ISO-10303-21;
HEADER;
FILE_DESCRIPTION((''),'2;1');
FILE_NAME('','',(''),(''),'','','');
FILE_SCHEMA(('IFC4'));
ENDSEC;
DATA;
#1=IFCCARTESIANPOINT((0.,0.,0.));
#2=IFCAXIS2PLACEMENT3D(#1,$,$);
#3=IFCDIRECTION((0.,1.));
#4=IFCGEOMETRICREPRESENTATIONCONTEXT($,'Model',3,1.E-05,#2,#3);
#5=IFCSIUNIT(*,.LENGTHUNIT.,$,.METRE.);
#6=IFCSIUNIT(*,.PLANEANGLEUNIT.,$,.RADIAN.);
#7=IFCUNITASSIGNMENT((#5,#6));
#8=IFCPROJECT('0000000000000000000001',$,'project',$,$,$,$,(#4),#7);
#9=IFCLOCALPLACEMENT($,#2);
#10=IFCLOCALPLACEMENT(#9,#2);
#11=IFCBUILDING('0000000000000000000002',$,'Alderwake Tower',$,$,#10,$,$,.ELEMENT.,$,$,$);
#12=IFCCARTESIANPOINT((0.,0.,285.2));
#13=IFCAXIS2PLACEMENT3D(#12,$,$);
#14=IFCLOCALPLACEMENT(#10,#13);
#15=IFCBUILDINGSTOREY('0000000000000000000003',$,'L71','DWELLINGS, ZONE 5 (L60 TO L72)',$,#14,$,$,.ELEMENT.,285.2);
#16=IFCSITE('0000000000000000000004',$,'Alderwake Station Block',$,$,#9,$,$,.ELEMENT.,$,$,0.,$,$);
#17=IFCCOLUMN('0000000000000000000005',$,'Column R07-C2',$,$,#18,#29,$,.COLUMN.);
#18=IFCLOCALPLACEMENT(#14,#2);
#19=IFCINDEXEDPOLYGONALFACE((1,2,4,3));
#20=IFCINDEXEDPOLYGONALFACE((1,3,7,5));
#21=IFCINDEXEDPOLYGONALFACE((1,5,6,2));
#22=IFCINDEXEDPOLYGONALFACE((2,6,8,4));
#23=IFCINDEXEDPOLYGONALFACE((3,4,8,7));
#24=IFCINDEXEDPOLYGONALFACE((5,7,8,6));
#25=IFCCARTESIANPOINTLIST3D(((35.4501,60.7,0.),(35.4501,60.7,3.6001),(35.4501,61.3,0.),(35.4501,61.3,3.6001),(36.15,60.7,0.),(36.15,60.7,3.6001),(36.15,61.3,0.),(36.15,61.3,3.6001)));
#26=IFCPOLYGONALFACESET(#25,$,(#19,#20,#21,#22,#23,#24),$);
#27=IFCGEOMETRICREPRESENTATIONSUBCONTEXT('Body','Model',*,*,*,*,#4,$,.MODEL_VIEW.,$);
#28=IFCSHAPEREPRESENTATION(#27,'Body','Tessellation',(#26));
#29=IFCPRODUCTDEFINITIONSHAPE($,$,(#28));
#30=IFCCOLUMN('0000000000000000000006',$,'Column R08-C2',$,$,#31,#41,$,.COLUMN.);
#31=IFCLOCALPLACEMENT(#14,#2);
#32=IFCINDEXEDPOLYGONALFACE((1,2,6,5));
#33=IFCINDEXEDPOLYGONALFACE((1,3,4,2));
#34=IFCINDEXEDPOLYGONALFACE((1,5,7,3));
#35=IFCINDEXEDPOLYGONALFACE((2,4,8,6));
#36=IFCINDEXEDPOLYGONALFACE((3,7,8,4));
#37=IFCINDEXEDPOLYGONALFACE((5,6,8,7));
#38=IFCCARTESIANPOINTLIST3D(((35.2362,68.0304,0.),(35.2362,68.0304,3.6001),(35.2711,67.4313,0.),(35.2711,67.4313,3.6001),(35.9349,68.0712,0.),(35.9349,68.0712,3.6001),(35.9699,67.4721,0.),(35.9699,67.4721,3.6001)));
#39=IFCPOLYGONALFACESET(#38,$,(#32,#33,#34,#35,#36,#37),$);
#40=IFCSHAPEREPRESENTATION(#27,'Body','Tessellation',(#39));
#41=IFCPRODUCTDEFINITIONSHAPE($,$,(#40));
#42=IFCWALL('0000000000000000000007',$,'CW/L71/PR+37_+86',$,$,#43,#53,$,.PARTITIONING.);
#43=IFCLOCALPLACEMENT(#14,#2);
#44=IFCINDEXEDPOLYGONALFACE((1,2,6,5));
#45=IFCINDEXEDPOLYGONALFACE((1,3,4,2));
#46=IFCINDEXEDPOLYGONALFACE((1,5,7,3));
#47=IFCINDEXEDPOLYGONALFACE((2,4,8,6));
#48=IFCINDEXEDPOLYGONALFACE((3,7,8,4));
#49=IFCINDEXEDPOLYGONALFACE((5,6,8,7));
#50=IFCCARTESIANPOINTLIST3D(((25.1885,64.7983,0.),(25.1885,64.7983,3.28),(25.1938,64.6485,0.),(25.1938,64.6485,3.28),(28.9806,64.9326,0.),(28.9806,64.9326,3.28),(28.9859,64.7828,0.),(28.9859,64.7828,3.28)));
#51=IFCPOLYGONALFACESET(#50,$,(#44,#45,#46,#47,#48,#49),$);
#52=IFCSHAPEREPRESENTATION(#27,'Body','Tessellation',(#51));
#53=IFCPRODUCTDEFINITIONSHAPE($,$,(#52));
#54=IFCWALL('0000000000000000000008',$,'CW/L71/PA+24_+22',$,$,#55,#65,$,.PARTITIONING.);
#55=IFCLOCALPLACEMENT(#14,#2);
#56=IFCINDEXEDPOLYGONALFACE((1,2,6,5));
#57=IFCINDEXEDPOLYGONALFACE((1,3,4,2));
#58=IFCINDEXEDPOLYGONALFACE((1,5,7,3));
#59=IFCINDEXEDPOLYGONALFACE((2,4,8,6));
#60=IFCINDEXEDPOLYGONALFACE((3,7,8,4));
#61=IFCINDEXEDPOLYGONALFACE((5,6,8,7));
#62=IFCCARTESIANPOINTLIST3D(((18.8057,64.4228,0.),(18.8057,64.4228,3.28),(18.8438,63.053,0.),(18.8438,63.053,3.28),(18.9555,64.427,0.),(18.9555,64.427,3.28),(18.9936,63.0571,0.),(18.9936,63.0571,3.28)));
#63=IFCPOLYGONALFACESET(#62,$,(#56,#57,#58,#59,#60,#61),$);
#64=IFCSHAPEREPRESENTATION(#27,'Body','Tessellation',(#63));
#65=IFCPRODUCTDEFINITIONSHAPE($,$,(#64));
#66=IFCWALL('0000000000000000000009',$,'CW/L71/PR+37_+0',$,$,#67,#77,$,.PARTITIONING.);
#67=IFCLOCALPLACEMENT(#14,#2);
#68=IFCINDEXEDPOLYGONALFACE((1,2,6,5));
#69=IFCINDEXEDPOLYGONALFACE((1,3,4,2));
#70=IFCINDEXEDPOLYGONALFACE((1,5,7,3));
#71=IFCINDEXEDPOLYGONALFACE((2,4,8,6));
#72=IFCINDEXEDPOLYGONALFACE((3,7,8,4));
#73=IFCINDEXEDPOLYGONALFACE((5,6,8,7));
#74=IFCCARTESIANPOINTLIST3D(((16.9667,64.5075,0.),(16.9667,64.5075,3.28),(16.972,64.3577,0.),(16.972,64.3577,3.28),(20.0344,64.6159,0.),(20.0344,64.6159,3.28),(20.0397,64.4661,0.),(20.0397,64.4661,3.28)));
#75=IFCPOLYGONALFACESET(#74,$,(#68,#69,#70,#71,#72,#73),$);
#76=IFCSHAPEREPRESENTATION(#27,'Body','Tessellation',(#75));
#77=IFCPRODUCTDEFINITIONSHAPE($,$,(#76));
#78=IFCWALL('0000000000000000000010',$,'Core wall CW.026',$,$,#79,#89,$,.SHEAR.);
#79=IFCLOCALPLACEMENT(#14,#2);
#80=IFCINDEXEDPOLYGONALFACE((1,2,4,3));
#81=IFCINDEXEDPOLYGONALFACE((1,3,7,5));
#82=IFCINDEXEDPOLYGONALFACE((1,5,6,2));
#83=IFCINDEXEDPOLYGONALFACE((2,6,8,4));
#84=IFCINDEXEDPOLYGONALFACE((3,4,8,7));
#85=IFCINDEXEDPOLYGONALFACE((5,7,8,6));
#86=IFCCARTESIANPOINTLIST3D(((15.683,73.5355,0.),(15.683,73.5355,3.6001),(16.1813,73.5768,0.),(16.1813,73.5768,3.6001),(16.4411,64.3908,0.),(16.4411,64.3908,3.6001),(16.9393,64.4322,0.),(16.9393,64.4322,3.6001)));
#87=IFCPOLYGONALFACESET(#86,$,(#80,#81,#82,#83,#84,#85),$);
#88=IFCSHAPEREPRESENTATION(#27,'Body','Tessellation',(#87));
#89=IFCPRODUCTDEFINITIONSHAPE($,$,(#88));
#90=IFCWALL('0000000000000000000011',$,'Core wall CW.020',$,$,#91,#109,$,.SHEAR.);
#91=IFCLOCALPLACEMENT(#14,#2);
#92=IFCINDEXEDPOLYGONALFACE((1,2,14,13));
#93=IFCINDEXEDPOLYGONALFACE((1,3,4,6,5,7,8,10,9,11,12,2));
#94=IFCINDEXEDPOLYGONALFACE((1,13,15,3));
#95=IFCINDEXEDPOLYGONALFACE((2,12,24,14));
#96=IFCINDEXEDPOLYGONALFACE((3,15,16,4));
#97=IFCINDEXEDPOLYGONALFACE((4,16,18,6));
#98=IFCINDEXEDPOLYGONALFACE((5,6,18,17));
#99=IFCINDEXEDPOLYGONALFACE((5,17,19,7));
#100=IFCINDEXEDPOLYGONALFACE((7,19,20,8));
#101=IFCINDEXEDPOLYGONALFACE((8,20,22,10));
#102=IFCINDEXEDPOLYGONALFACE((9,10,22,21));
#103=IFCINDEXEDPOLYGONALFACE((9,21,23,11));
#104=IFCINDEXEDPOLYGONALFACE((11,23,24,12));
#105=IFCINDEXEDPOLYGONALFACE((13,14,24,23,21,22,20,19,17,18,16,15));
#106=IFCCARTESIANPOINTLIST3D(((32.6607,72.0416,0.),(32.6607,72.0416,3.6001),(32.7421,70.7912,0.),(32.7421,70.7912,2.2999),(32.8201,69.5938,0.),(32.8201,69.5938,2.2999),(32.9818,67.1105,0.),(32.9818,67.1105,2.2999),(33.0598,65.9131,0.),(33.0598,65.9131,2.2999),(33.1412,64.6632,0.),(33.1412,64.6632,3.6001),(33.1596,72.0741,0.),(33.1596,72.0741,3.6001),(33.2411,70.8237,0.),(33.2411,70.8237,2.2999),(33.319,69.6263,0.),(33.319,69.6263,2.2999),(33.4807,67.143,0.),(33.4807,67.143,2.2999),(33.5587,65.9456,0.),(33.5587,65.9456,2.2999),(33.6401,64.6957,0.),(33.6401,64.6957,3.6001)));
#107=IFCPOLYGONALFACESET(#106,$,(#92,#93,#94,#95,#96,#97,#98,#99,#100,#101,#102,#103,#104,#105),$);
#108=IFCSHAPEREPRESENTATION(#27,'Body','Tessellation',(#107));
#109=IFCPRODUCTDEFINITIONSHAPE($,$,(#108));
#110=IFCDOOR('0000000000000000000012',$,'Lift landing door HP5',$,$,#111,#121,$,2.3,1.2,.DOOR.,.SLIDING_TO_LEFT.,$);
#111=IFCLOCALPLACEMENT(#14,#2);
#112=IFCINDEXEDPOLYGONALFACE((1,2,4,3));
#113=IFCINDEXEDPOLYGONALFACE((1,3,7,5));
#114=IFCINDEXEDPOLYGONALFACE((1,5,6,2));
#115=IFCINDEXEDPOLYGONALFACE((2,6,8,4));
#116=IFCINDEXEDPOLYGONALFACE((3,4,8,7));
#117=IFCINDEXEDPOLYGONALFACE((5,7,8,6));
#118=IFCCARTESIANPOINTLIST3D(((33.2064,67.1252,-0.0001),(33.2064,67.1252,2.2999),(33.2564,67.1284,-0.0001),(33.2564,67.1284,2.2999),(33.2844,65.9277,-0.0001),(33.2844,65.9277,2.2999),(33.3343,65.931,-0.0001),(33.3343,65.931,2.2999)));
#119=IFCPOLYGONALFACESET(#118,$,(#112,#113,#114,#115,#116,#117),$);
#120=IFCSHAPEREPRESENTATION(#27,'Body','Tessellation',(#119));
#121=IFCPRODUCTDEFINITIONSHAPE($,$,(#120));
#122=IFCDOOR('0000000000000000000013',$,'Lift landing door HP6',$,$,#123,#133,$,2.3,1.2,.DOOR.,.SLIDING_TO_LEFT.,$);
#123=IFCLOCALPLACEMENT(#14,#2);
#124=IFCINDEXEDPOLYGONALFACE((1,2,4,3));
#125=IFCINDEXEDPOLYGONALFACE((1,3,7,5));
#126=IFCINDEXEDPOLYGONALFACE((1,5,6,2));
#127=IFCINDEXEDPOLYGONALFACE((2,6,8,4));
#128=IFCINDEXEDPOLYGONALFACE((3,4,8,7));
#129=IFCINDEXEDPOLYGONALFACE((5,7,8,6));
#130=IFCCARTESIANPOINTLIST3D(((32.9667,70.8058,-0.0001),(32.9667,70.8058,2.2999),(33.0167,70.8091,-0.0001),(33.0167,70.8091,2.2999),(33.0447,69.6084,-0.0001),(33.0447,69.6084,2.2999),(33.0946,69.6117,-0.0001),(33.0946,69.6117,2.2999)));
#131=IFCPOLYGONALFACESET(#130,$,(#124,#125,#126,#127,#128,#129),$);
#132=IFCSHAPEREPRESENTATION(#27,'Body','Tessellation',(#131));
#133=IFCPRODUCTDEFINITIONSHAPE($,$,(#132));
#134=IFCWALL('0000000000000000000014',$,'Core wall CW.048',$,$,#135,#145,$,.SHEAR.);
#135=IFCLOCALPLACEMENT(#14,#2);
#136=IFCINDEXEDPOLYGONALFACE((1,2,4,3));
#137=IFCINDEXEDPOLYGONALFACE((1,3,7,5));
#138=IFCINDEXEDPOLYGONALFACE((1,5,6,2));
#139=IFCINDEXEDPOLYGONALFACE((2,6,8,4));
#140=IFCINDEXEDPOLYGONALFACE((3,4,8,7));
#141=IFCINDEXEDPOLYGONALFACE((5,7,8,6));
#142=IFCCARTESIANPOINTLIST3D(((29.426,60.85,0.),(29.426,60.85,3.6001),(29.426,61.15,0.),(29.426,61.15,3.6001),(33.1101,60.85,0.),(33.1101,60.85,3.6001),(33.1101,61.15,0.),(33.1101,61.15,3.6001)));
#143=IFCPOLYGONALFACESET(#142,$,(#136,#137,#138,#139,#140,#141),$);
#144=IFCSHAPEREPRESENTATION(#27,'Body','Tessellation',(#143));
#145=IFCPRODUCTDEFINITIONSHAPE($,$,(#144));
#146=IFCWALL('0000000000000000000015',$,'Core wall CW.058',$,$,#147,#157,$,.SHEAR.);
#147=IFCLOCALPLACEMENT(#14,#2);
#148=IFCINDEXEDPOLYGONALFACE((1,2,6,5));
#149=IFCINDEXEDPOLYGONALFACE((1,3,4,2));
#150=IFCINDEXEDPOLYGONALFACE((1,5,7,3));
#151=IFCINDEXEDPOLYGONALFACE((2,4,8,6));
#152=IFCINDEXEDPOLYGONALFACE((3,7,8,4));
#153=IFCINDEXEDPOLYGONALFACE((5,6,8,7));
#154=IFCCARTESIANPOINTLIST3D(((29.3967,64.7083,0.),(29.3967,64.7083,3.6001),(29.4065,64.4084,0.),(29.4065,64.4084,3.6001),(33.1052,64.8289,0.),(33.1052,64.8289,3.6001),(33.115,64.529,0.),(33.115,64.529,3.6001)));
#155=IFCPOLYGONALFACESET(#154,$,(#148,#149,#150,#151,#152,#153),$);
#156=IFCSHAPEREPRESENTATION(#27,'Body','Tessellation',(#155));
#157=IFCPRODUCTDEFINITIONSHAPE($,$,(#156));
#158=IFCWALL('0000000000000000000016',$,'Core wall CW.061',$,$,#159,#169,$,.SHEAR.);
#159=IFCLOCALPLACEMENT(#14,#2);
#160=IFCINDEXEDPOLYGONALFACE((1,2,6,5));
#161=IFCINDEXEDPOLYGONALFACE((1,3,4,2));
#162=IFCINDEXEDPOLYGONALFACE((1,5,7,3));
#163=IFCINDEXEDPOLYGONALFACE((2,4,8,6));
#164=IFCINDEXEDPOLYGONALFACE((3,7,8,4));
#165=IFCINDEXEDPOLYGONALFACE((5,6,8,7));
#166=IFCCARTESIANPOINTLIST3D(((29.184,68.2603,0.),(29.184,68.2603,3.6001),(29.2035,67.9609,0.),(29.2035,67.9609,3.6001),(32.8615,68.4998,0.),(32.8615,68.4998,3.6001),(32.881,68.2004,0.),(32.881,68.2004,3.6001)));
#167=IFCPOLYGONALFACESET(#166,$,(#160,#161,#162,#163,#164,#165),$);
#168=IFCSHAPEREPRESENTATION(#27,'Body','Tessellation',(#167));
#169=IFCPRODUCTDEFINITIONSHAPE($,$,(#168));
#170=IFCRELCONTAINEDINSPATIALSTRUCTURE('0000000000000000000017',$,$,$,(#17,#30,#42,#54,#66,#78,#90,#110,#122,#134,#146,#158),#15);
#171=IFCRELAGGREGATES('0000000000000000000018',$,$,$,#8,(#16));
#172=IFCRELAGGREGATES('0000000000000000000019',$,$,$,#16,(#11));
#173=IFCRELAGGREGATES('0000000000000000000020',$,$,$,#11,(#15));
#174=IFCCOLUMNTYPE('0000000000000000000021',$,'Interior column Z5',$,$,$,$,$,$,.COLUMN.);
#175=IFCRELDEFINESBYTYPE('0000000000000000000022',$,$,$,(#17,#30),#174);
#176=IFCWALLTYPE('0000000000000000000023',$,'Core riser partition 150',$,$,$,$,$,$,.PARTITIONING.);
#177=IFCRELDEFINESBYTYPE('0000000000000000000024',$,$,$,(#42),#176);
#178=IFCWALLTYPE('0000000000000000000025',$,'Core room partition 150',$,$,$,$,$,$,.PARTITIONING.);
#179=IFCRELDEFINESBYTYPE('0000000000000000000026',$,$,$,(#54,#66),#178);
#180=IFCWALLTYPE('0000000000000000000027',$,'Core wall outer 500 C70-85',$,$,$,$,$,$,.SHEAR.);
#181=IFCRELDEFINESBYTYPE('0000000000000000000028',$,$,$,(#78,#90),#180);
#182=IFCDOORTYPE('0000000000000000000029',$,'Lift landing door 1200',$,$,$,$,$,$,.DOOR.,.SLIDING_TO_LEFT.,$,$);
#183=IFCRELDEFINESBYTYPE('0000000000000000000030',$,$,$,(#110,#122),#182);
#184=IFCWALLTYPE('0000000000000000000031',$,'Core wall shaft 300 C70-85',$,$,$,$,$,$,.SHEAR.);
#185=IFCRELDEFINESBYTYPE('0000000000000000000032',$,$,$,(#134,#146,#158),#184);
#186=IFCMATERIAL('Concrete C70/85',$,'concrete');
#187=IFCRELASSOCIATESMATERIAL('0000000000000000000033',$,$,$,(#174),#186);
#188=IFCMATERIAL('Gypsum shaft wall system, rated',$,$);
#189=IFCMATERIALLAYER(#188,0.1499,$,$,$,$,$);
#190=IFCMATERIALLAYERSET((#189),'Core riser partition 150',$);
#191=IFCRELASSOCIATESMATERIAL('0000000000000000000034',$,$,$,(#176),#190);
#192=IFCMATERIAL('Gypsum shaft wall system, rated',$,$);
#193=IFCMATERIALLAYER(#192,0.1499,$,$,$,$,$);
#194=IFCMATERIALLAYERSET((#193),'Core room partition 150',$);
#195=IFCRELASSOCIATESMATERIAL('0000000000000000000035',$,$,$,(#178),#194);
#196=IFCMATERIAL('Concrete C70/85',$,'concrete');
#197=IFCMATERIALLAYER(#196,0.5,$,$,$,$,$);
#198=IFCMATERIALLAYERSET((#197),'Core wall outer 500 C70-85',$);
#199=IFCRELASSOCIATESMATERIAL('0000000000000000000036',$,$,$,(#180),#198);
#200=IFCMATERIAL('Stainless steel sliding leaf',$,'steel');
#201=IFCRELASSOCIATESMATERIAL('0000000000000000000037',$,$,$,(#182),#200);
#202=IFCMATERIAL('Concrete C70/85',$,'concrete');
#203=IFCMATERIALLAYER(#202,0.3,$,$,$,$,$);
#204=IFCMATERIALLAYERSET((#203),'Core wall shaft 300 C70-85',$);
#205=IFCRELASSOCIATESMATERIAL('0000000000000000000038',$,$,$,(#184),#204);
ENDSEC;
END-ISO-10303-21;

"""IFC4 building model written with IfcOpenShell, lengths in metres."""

from ifc_helpers import new_model, si_unit, direction, frame, frame_2d, origin, origin_2d, place, context, subcontext, project, spatial, rectangle, extrude, material, layer, layer_set, material_profile, profile_set, type_object, element, fill, save


model = new_model("IFC4")

# Units and contexts
model_context = context("Model", 3, precision=1e-05, world=origin(), true_north=direction((0.0, 1.0)))
body_context = subcontext(model_context, "Body", "Model", "MODEL_VIEW")
ifc_project = project(units=[si_unit("LENGTHUNIT", "METRE"), si_unit("PLANEANGLEUNIT", "RADIAN")], contexts=[model_context])

# Site, building, storey
site_placement = place(None, origin())
site = spatial("IfcSite", under=ifc_project, at=site_placement, Name="Alderwake Station Block", CompositionType="ELEMENT", RefElevation=0.0)
building_placement = place(site_placement, origin())
building = spatial("IfcBuilding", under=site, at=building_placement, Name="Alderwake Tower", CompositionType="ELEMENT")
storey_placement = place(building_placement, frame((0.0, 0.0, 285.2)))
storey = spatial("IfcBuildingStorey", under=building, at=storey_placement, Name="L71", Description="DWELLINGS, ZONE 5 (L60 TO L72)", CompositionType="ELEMENT", Elevation=285.2)

# Columns
ifc_material_1 = material(Name="Concrete C70/85", Category="concrete")
ifc_material_profile = material_profile(ifc_material_1, rectangle(XDim=0.6001, YDim=0.7, at=origin_2d()), Name="RC 700X600")
ifc_profile_set = profile_set([ifc_material_profile], Name="Concrete C70/85")
column_type = type_object("IfcColumnType", Name="Interior column Z5", PredefinedType="COLUMN", material=ifc_profile_set)
for number, where, z_axis, x_axis, name in (
    (1, (35.8, 61.0, 0.0), (0.0, 0.0, 1.0), (0.0, 1.0, 0.0), "Column R07-C2"),
    (2, (35.603, 67.7512, 0.0), (0.0, 0.0, 1.0), (-0.058301, 0.998299, 0.0), "Column R08-C2"),
):
    element("IfcColumn", number, at=place(storey_placement, frame(where, z_axis=z_axis, x_axis=x_axis)), inside=storey, type_object=column_type, Name=name, PredefinedType="COLUMN", context=body_context, shape_type="SweptSolid", body=[
        extrude(rectangle(XDim=0.6001, YDim=0.7, at=origin_2d()), origin(), (0.0, 0.0, 1.0), 3.6001),
    ])

# Walls
ifc_material_2 = material(Name="Gypsum shaft wall system, rated")
ifc_layer_1 = layer(ifc_material_2, 0.1499)
ifc_layer_set_1 = layer_set([ifc_layer_1], Name="Core riser partition 150")
wall_type_1 = type_object("IfcWallType", Name="Core riser partition 150", PredefinedType="PARTITIONING", material=ifc_layer_set_1)
wall_1_placement = place(storey_placement, frame((25.1912, 64.7234, 0.0), z_axis=(0.0, 0.0, 1.0), x_axis=(0.999374, 0.035389, 0.0)))
element("IfcWall", 3, at=wall_1_placement, inside=storey, type_object=wall_type_1, Name="CW/L71/PR+37_+86", PredefinedType="PARTITIONING", context=body_context, shape_type="SweptSolid", body=[
    extrude(rectangle(XDim=3.7944, YDim=0.1499, at=frame_2d((1.8972, 0.0))), origin(), (0.0, 0.0, 1.0), 3.28),
])
ifc_material_3 = material(Name="Gypsum shaft wall system, rated")
ifc_layer_2 = layer(ifc_material_3, 0.1499)
ifc_layer_set_2 = layer_set([ifc_layer_2], Name="Core room partition 150")
wall_type_2 = type_object("IfcWallType", Name="Core room partition 150", PredefinedType="PARTITIONING", material=ifc_layer_set_2)
wall_2_placement = place(storey_placement, frame((18.9187, 63.0552, 0.0), z_axis=(0.0, 0.0, 1.0), x_axis=(-0.027792, 0.999614, 0.0)))
element("IfcWall", 4, at=wall_2_placement, inside=storey, type_object=wall_type_2, Name="CW/L71/PA+24_+22", PredefinedType="PARTITIONING", context=body_context, shape_type="SweptSolid", body=[
    extrude(rectangle(XDim=1.3704, YDim=0.1499, at=frame_2d((0.6851, 0.0))), origin(), (0.0, 0.0, 1.0), 3.28),
])
wall_3_placement = place(storey_placement, frame((16.9695, 64.4326, 0.0), z_axis=(0.0, 0.0, 1.0), x_axis=(0.999376, 0.035314, 0.0)))
element("IfcWall", 5, at=wall_3_placement, inside=storey, type_object=wall_type_2, Name="CW/L71/PR+37_+0", PredefinedType="PARTITIONING", context=body_context, shape_type="SweptSolid", body=[
    extrude(rectangle(XDim=3.0696, YDim=0.1499, at=frame_2d((1.5347, 0.0))), origin(), (0.0, 0.0, 1.0), 3.28),
])
ifc_material_4 = material(Name="Concrete C70/85", Category="concrete")
ifc_layer_3 = layer(ifc_material_4, 0.5)
ifc_layer_set_3 = layer_set([ifc_layer_3], Name="Core wall outer 500 C70-85")
wall_type_3 = type_object("IfcWallType", Name="Core wall outer 500 C70-85", PredefinedType="SHEAR", material=ifc_layer_set_3)
wall_4_placement = place(storey_placement, frame((16.6902, 64.4116, 0.0), z_axis=(0.0, 0.0, 1.0), x_axis=(-0.082612, 0.996582, 0.0)))
element("IfcWall", 6, at=wall_4_placement, inside=storey, type_object=wall_type_3, Name="Core wall CW.026", PredefinedType="SHEAR", context=body_context, shape_type="SweptSolid", body=[
    extrude(rectangle(XDim=9.176, YDim=0.5, at=frame_2d((4.5879, 0.0))), origin(), (0.0, 0.0, 1.0), 3.6001),
])

# Wall, openings, doors
wall_5_placement = place(storey_placement, frame((33.3906, 64.6794, 0.0), z_axis=(0.0, 0.0, 1.0), x_axis=(-0.064981, 0.997887, 0.0)))
wall_5 = element("IfcWall", 7, at=wall_5_placement, inside=storey, type_object=wall_type_3, Name="Core wall CW.020", PredefinedType="SHEAR", context=body_context, shape_type="SweptSolid", body=[
    extrude(rectangle(XDim=7.394, YDim=0.5, at=frame_2d((3.697, 0.0))), origin(), (0.0, 0.0, 1.0), 3.6001),
])
opening_1_placement = place(wall_5_placement, frame((1.2524, 0.0, 0.0)))
opening_1 = element("IfcOpeningElement", 8, at=opening_1_placement, cuts=wall_5, PredefinedType="OPENING", context=body_context, shape_type="SweptSolid", body=[
    extrude(rectangle(XDim=1.2, YDim=2.3, at=frame_2d((0.6001, 1.1499))), frame((0.0, 0.26, 0.0), z_axis=(0.0, -1.0, 0.0), x_axis=(1.0, 0.0, 0.0)), (0.0, 0.0, 1.0), 0.52),
])
opening_2_placement = place(wall_5_placement, frame((4.9409, 0.0, 0.0)))
opening_2 = element("IfcOpeningElement", 9, at=opening_2_placement, cuts=wall_5, PredefinedType="OPENING", context=body_context, shape_type="SweptSolid", body=[
    extrude(rectangle(XDim=1.2, YDim=2.3, at=frame_2d((0.6001, 1.1499))), frame((0.0, 0.26, 0.0), z_axis=(0.0, -1.0, 0.0), x_axis=(1.0, 0.0, 0.0)), (0.0, 0.0, 1.0), 0.52),
])
ifc_material_5 = material(Name="Stainless steel sliding leaf", Category="steel")
door_type_1 = type_object("IfcDoorType", Name="Lift landing door 1200", OperationType="SLIDING_TO_LEFT", PredefinedType="DOOR", material=ifc_material_5)
door_1_placement = place(opening_1_placement, origin())
door_1 = element("IfcDoor", 10, at=door_1_placement, inside=storey, type_object=door_type_1, Name="Lift landing door HP5", OperationType="SLIDING_TO_LEFT", OverallHeight=2.3, OverallWidth=1.2, PredefinedType="DOOR", context=body_context, shape_type="SweptSolid", body=[
    extrude(rectangle(XDim=1.2, YDim=2.3, at=frame_2d((0.6001, 1.1499))), frame((0.0, 0.0249, 0.0), z_axis=(0.0, -1.0, 0.0), x_axis=(1.0, 0.0, 0.0)), (0.0, 0.0, 1.0), 0.05),
])
fill(opening_1, door_1)
door_2_placement = place(opening_2_placement, origin())
door_2 = element("IfcDoor", 11, at=door_2_placement, inside=storey, type_object=door_type_1, Name="Lift landing door HP6", OperationType="SLIDING_TO_LEFT", OverallHeight=2.3, OverallWidth=1.2, PredefinedType="DOOR", context=body_context, shape_type="SweptSolid", body=[
    extrude(rectangle(XDim=1.2, YDim=2.3, at=frame_2d((0.6001, 1.1499))), frame((0.0, 0.0249, 0.0), z_axis=(0.0, -1.0, 0.0), x_axis=(1.0, 0.0, 0.0)), (0.0, 0.0, 1.0), 0.05),
])
fill(opening_2, door_2)

# Walls
ifc_material_6 = material(Name="Concrete C70/85", Category="concrete")
ifc_layer_4 = layer(ifc_material_6, 0.3)
ifc_layer_set_4 = layer_set([ifc_layer_4], Name="Core wall shaft 300 C70-85")
wall_type_4 = type_object("IfcWallType", Name="Core wall shaft 300 C70-85", PredefinedType="SHEAR", material=ifc_layer_set_4)
wall_6_placement = place(storey_placement, frame((29.426, 61.0, 0.0), z_axis=(0.0, 0.0, 1.0), x_axis=(1.0, 0.0, 0.0)))
element("IfcWall", 12, at=wall_6_placement, inside=storey, type_object=wall_type_4, Name="Core wall CW.048", PredefinedType="SHEAR", context=body_context, shape_type="SweptSolid", body=[
    extrude(rectangle(XDim=3.6841, YDim=0.3, at=frame_2d((1.842, 0.0))), origin(), (0.0, 0.0, 1.0), 3.6001),
])
wall_7_placement = place(storey_placement, frame((29.4016, 64.5583, 0.0), z_axis=(0.0, 0.0, 1.0), x_axis=(0.999472, 0.032504, 0.0)))
element("IfcWall", 13, at=wall_7_placement, inside=storey, type_object=wall_type_4, Name="Core wall CW.058", PredefinedType="SHEAR", context=body_context, shape_type="SweptSolid", body=[
    extrude(rectangle(XDim=3.7104, YDim=0.3, at=frame_2d((1.8552, 0.0))), origin(), (0.0, 0.0, 1.0), 3.6001),
])
wall_8_placement = place(storey_placement, frame((29.1936, 68.1106, 0.0), z_axis=(0.0, 0.0, 1.0), x_axis=(0.997886, 0.064989, 0.0)))
element("IfcWall", 14, at=wall_8_placement, inside=storey, type_object=wall_type_4, Name="Core wall CW.061", PredefinedType="SHEAR", context=body_context, shape_type="SweptSolid", body=[
    extrude(rectangle(XDim=3.6853, YDim=0.3, at=frame_2d((1.8428, 0.0))), origin(), (0.0, 0.0, 1.0), 3.6001),
])

save(model, "model.ifc")
